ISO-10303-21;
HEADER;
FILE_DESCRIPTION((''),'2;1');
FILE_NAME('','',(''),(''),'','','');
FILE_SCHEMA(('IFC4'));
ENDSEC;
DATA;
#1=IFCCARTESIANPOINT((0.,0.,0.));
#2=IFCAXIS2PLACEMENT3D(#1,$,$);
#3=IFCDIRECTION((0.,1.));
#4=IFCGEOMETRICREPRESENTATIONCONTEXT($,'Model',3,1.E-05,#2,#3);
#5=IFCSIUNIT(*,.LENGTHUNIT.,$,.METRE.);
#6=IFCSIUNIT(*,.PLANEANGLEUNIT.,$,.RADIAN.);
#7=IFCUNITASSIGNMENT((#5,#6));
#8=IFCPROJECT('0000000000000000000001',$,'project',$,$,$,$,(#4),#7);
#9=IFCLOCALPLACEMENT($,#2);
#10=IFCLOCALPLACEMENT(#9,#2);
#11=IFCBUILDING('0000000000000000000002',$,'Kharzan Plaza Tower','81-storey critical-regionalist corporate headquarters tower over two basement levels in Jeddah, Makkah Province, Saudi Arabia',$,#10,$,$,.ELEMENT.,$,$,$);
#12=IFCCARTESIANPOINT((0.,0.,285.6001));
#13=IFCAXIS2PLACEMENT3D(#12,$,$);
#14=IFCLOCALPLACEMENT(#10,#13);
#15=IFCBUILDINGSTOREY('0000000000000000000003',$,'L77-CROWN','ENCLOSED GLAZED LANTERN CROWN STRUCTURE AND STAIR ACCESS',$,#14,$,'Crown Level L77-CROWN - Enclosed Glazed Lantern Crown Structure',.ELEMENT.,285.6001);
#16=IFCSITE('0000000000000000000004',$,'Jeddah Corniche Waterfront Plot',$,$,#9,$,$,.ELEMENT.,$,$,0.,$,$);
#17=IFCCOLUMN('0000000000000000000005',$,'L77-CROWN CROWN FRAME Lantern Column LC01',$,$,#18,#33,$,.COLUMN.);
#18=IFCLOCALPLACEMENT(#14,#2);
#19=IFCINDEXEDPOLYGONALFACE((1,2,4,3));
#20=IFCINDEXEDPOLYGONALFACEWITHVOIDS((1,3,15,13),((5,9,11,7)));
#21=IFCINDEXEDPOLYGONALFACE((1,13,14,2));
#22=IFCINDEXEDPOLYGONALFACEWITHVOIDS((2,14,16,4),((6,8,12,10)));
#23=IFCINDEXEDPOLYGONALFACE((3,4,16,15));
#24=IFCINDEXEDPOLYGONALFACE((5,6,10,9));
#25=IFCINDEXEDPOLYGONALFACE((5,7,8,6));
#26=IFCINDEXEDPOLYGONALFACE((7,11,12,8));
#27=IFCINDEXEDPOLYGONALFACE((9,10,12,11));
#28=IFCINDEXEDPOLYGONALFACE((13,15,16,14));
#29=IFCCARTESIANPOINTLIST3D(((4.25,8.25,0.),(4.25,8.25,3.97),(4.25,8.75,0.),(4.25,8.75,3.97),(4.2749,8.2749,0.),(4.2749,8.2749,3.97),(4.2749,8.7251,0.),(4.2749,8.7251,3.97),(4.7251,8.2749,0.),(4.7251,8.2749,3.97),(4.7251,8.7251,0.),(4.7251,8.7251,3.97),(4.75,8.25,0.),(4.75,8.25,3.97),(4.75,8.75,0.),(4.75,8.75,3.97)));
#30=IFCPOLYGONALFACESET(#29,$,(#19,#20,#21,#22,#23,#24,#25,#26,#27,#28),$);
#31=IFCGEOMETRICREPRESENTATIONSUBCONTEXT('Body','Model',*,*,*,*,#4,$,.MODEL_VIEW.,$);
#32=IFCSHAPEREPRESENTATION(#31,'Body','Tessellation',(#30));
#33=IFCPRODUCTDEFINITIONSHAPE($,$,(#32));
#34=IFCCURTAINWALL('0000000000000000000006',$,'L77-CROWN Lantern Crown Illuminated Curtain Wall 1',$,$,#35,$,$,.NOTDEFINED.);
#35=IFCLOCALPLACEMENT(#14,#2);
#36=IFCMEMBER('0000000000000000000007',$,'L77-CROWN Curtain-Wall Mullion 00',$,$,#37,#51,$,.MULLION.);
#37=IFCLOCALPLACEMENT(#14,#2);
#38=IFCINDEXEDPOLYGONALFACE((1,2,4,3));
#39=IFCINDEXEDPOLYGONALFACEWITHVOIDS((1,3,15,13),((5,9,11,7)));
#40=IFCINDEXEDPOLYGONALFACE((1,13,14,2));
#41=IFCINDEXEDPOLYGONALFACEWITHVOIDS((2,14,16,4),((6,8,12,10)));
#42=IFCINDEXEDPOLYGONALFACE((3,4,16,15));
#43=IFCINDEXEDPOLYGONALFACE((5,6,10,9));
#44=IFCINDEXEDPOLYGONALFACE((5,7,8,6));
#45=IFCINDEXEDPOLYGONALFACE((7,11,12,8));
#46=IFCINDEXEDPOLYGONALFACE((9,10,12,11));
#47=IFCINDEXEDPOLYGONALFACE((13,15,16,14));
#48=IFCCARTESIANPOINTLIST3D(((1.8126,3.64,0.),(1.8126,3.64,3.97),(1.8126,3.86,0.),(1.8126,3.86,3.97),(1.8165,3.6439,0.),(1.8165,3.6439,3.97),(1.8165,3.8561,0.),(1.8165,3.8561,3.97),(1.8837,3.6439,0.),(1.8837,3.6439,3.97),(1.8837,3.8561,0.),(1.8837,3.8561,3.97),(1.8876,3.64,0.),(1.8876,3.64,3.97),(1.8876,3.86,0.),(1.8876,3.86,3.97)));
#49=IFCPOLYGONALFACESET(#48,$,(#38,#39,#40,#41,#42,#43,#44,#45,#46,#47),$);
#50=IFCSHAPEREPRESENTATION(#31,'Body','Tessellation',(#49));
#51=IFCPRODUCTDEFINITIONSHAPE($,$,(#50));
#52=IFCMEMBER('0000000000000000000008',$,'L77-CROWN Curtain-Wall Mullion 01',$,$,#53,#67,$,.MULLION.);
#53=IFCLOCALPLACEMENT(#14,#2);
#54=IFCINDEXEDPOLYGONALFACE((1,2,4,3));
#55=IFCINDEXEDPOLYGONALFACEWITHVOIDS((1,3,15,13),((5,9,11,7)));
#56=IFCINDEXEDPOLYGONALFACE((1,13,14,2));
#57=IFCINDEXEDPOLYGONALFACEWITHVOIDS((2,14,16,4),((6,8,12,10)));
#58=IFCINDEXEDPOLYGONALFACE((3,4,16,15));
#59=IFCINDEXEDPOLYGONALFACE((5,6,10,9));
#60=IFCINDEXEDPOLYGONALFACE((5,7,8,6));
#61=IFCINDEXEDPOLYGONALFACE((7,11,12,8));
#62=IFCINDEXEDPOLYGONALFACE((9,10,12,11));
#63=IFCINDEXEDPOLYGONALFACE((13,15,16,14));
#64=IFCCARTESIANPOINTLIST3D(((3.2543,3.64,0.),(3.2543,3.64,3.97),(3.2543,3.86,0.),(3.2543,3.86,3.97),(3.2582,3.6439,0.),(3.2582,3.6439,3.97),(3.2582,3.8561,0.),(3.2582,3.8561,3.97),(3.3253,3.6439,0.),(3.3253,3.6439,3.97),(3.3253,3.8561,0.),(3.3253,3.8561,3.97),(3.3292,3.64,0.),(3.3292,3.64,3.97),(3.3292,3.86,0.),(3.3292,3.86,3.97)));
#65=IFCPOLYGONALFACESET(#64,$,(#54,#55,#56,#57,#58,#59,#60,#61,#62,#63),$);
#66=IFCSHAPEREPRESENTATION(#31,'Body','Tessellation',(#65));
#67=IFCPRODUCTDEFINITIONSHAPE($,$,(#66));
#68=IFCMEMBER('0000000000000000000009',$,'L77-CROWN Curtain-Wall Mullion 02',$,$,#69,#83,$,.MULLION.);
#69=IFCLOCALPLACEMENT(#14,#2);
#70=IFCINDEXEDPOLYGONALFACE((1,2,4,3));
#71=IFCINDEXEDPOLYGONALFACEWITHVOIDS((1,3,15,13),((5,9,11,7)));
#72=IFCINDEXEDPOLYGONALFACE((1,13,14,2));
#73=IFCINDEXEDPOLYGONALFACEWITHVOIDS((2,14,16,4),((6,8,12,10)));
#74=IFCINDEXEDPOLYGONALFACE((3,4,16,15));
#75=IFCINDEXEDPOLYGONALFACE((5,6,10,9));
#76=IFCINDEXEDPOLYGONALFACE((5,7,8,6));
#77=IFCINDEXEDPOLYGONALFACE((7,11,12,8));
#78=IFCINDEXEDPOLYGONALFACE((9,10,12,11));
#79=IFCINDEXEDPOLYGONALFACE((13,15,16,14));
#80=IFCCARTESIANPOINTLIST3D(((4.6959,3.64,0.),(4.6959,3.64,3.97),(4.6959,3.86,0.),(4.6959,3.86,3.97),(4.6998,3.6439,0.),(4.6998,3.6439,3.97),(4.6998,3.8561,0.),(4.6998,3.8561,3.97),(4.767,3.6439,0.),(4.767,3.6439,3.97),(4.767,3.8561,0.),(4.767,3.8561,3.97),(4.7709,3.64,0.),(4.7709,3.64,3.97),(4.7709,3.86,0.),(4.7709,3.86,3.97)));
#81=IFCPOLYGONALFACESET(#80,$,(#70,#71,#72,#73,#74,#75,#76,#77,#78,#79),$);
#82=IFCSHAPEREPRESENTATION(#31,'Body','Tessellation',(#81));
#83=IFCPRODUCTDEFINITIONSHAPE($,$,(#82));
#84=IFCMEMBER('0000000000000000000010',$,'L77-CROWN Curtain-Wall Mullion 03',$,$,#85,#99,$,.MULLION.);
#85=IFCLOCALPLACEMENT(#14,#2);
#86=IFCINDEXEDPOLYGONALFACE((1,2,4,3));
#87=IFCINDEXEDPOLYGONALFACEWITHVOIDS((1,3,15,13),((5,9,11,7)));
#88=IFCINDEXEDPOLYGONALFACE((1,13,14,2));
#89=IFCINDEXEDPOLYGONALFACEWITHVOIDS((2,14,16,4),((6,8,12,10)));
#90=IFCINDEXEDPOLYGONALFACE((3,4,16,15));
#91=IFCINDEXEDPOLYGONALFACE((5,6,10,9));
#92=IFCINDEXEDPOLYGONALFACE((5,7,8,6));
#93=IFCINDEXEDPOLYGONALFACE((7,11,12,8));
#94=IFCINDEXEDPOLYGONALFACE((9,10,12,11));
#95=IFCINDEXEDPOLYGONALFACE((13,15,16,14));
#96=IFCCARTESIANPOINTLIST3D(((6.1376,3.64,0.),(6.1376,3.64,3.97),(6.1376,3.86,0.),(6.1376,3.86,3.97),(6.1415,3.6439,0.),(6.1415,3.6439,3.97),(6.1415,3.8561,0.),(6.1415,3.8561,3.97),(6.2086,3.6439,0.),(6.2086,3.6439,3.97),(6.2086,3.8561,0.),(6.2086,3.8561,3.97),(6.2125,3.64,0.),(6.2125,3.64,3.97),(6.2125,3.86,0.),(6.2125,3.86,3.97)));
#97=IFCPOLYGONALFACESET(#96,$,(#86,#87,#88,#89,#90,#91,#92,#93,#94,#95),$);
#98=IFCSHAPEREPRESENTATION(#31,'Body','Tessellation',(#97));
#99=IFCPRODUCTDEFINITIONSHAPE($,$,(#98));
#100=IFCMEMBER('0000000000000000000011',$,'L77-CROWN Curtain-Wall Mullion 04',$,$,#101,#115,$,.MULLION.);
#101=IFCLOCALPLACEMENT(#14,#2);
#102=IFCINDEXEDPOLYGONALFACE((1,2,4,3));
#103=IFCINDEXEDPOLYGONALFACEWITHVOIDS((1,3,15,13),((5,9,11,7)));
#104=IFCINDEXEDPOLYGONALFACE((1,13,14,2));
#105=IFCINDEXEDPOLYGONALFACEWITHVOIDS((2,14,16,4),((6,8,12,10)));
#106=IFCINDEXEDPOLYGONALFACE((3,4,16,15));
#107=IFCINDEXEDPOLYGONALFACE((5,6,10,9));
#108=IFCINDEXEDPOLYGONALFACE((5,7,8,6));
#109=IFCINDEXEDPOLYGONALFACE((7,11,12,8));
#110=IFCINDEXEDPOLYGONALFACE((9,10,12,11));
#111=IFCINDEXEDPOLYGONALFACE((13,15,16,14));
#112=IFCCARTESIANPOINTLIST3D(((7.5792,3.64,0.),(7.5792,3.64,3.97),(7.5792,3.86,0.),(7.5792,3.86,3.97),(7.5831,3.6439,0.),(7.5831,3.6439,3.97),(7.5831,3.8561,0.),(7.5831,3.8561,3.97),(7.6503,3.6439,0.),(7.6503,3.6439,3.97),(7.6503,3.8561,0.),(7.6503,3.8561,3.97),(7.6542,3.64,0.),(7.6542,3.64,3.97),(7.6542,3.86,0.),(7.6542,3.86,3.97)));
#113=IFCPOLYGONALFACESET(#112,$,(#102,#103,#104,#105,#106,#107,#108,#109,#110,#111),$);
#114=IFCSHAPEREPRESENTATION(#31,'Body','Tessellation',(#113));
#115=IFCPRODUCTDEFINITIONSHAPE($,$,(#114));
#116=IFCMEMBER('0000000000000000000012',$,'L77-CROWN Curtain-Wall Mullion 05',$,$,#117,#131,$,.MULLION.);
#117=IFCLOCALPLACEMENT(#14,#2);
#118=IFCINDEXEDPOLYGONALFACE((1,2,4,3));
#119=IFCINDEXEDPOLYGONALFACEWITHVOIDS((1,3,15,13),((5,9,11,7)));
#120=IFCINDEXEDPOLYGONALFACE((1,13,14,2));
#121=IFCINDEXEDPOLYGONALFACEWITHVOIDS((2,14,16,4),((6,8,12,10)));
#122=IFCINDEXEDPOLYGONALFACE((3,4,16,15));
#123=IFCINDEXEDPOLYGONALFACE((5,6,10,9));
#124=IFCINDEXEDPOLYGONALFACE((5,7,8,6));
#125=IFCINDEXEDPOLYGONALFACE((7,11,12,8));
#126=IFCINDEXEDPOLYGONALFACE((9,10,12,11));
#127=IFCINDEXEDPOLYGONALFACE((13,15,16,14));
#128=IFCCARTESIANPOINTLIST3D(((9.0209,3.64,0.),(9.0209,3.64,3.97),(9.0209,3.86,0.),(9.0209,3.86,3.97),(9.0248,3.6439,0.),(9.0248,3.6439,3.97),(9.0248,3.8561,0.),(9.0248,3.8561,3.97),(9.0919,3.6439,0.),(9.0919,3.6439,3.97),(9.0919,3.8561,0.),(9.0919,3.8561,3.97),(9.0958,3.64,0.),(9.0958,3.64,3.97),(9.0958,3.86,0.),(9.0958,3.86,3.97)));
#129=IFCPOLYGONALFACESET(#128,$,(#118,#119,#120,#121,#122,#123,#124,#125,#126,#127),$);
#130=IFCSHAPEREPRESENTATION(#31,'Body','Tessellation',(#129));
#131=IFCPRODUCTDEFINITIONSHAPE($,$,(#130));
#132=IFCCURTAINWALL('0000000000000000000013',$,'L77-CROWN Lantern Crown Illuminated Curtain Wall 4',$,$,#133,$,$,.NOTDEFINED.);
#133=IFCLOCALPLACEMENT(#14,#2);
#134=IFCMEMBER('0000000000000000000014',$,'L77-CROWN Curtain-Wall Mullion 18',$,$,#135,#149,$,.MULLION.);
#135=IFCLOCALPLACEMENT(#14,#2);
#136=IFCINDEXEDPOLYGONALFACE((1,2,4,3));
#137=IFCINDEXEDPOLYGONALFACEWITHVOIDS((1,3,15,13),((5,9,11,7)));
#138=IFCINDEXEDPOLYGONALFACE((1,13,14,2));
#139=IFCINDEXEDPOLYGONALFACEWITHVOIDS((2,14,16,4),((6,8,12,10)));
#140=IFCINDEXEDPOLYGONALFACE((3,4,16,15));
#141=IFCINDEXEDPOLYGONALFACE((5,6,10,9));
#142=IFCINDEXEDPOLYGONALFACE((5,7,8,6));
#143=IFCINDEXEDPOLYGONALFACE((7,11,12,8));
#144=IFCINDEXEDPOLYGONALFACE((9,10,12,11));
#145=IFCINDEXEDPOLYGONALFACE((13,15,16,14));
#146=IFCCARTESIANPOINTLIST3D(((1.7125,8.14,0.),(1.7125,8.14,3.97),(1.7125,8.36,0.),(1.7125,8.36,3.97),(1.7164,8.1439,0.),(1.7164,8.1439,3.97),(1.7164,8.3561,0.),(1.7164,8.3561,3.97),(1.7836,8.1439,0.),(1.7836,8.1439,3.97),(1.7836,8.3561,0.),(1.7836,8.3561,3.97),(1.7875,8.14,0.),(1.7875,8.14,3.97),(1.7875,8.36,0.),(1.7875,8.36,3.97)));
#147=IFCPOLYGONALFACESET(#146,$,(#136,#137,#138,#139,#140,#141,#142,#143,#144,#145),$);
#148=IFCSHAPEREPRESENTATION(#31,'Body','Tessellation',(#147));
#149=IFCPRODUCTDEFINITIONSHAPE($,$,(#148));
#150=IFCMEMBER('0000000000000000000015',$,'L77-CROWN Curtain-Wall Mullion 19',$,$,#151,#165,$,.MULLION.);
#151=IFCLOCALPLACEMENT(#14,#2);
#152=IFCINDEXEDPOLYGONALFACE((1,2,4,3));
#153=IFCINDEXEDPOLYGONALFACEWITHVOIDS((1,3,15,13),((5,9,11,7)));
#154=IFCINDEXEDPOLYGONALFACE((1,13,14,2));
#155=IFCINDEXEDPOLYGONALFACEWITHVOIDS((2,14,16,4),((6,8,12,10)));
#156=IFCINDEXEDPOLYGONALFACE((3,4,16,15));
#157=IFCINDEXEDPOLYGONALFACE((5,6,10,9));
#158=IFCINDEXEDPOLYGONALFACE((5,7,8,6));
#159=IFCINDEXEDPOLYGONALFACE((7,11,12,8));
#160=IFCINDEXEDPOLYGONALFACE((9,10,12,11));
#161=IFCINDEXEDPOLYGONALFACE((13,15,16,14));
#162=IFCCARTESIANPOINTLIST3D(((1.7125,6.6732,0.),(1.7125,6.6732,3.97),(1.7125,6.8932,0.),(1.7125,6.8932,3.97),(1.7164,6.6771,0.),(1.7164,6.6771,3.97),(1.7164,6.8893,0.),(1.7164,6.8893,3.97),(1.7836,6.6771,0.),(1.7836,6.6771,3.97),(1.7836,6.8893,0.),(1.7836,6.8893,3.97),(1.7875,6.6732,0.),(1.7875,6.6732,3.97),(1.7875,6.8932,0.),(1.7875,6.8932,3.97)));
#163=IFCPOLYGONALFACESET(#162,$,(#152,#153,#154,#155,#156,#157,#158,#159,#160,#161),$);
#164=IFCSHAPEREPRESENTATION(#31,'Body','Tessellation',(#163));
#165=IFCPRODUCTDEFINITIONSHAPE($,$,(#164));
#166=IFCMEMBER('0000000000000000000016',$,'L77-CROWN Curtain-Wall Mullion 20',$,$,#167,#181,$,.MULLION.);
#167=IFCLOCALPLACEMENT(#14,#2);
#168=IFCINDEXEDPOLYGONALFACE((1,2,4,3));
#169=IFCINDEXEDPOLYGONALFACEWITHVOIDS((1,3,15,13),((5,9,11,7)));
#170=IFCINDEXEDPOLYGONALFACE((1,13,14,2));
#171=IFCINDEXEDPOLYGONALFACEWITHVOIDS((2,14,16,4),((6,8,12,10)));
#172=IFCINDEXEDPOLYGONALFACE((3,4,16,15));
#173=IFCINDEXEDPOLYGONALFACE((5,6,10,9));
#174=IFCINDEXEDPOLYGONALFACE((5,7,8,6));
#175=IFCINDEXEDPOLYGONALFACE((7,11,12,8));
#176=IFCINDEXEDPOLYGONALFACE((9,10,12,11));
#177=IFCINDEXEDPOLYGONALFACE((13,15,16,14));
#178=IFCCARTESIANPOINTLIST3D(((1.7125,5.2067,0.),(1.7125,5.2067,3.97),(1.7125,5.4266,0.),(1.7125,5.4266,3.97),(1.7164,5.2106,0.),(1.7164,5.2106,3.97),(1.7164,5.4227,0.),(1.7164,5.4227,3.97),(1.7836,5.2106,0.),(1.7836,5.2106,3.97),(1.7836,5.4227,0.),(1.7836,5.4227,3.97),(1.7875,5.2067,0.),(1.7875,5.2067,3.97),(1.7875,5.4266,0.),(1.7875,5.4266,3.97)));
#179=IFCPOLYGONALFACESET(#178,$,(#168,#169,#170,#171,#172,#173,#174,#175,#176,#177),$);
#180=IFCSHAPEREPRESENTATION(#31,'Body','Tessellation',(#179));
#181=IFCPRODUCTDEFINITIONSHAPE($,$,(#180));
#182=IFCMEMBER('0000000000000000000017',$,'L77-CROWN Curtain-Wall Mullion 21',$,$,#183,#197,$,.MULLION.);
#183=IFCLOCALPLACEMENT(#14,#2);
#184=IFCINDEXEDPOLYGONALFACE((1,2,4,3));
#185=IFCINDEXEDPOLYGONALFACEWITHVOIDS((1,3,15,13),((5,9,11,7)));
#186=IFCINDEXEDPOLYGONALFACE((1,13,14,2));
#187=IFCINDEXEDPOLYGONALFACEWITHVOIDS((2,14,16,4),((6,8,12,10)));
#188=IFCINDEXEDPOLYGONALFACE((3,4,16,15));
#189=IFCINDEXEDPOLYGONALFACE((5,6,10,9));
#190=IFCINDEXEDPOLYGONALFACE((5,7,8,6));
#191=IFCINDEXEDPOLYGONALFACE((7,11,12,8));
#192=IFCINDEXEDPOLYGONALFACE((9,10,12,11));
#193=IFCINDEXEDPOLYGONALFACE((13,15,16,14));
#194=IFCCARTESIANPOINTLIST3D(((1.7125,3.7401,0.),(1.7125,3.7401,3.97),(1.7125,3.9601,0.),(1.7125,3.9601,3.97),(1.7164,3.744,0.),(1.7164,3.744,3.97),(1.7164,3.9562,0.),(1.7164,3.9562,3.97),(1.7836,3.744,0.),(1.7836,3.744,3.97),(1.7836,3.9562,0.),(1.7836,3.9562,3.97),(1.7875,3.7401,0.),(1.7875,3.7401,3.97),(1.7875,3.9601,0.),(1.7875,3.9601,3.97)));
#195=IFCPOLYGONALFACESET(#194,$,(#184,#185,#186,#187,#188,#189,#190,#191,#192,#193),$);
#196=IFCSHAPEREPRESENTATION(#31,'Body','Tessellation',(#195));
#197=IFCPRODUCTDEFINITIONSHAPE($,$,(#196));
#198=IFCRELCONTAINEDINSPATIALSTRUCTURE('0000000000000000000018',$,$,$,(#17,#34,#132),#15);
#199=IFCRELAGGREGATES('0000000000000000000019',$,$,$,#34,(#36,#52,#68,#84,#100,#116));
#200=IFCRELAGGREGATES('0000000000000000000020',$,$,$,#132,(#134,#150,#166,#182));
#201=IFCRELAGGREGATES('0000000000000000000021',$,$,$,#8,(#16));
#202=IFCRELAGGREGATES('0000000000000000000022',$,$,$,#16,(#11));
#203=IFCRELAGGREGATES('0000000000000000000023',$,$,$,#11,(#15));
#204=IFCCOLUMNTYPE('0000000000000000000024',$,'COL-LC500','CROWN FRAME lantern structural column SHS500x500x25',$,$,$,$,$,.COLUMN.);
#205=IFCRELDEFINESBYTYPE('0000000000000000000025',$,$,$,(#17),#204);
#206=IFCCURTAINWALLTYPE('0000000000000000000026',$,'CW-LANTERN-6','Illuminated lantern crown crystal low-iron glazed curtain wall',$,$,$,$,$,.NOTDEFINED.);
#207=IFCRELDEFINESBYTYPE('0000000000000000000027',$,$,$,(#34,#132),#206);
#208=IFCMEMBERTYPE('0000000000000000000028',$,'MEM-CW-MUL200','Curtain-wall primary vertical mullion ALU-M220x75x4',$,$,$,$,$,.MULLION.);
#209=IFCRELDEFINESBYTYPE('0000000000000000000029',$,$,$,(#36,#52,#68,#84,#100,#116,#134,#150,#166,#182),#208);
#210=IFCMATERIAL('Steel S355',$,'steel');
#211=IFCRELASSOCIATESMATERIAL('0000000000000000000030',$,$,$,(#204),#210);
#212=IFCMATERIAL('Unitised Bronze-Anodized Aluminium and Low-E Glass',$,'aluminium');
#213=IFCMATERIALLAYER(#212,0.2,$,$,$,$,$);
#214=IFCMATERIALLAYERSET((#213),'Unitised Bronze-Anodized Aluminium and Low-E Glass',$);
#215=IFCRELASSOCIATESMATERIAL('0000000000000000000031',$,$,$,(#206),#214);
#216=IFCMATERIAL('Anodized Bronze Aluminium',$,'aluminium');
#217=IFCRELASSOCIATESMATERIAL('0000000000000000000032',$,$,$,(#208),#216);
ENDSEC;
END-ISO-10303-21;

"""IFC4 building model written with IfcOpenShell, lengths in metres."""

from ifc_helpers import new_model, si_unit, direction, frame, origin, origin_2d, place, context, subcontext, project, spatial, hollow_rectangle, extrude, source, transform, mapped, material, layer, layer_set, material_profile, profile_set, type_object, element, aggregate, save


model = new_model("IFC4")

# Units and contexts
model_context = context("Model", 3, precision=1e-05, world=origin(), true_north=direction((0.0, 1.0)))
body_context = subcontext(model_context, "Body", "Model", "MODEL_VIEW")
ifc_project = project(units=[si_unit("LENGTHUNIT", "METRE"), si_unit("PLANEANGLEUNIT", "RADIAN")], contexts=[model_context])

# Site, building, storey
site_placement = place(None, origin())
site = spatial("IfcSite", under=ifc_project, at=site_placement, Name="Jeddah Corniche Waterfront Plot", CompositionType="ELEMENT", RefElevation=0.0)
building_placement = place(site_placement, origin())
building = spatial("IfcBuilding", under=site, at=building_placement, Name="Kharzan Plaza Tower", Description="81-storey critical-regionalist corporate headquarters tower over two basement levels in Jeddah, Makkah Province, Saudi Arabia", CompositionType="ELEMENT")
storey_placement = place(building_placement, frame((0.0, 0.0, 285.6001)))
storey = spatial("IfcBuildingStorey", under=building, at=storey_placement, Name="L77-CROWN", Description="ENCLOSED GLAZED LANTERN CROWN STRUCTURE AND STAIR ACCESS", LongName="Crown Level L77-CROWN - Enclosed Glazed Lantern Crown Structure", CompositionType="ELEMENT", Elevation=285.6001)

# Column
ifc_material_1 = material(Name="Steel S355", Category="steel")
ifc_material_profile_1 = material_profile(ifc_material_1, hollow_rectangle(XDim=0.5, YDim=0.5, WallThickness=0.0249, at=origin_2d()), Name="SHS500x500x25")
ifc_profile_set_1 = profile_set([ifc_material_profile_1], Name="Steel S355")
column_type = type_object("IfcColumnType", Name="COL-LC500", Description="CROWN FRAME lantern structural column SHS500x500x25", PredefinedType="COLUMN", material=ifc_profile_set_1)
shared_shape_1 = source(origin(), body_context, "Body", "SweptSolid", [
    extrude(hollow_rectangle(XDim=0.5, YDim=0.5, WallThickness=0.0249, at=origin_2d()), origin(), (0.0, 0.0, 1.0), 3.97),
])
column_placement = place(storey_placement, frame((4.5, 8.5, 0.0), z_axis=(0.0, 0.0, 1.0), x_axis=(1.0, 0.0, 0.0)))
element("IfcColumn", 1, at=column_placement, inside=storey, type_object=column_type, Name="L77-CROWN CROWN FRAME Lantern Column LC01", PredefinedType="COLUMN", context=body_context, shape_type="MappedRepresentation", body=[
    mapped(shared_shape_1, transform((0.0, 0.0, 0.0), x_axis=(1.0, 0.0, 0.0), y_axis=(0.0, 1.0, 0.0), z_axis=(0.0, 0.0, 1.0))),
])

# Curtain walls, members
ifc_material_2 = material(Name="Unitised Bronze-Anodized Aluminium and Low-E Glass", Category="aluminium")
ifc_layer_1 = layer(ifc_material_2, 0.2)
ifc_layer_set_1 = layer_set([ifc_layer_1], Name="Unitised Bronze-Anodized Aluminium and Low-E Glass")
curtain_wall_type = type_object("IfcCurtainWallType", Name="CW-LANTERN-6", Description="Illuminated lantern crown crystal low-iron glazed curtain wall", PredefinedType="NOTDEFINED", material=ifc_layer_set_1)
curtain_wall_1_placement = place(storey_placement, origin())
curtain_wall_1 = element("IfcCurtainWall", 2, at=curtain_wall_1_placement, inside=storey, type_object=curtain_wall_type, Name="L77-CROWN Lantern Crown Illuminated Curtain Wall 1", PredefinedType="NOTDEFINED")
ifc_material_3 = material(Name="Anodized Bronze Aluminium", Category="aluminium")
ifc_material_profile_2 = material_profile(ifc_material_3, hollow_rectangle(XDim=0.075, YDim=0.22, WallThickness=0.0039, at=origin_2d()), Name="ALU-M220x75x4")
ifc_profile_set_2 = profile_set([ifc_material_profile_2], Name="Anodized Bronze Aluminium")
member_type_1 = type_object("IfcMemberType", Name="MEM-CW-MUL200", Description="Curtain-wall primary vertical mullion ALU-M220x75x4", PredefinedType="MULLION", material=ifc_profile_set_2)
shared_shape_2 = source(origin(), body_context, "Body", "SweptSolid", [
    extrude(hollow_rectangle(XDim=0.075, YDim=0.22, WallThickness=0.0039, at=origin_2d()), origin(), (0.0, 0.0, 1.0), 3.97),
])
member_1_placement = place(storey_placement, frame((1.8501, 3.75, 0.0), z_axis=(0.0, 0.0, 1.0), x_axis=(1.0, 0.0, 0.0)))
member_1 = element("IfcMember", 3, at=member_1_placement, type_object=member_type_1, Name="L77-CROWN Curtain-Wall Mullion 00", PredefinedType="MULLION", context=body_context, shape_type="MappedRepresentation", body=[
    mapped(shared_shape_2, transform((0.0, 0.0, 0.0), x_axis=(1.0, 0.0, 0.0), y_axis=(0.0, 1.0, 0.0), z_axis=(0.0, 0.0, 1.0))),
])
member_2_placement = place(storey_placement, frame((3.2917, 3.75, 0.0), z_axis=(0.0, 0.0, 1.0), x_axis=(1.0, 0.0, 0.0)))
member_2 = element("IfcMember", 4, at=member_2_placement, type_object=member_type_1, Name="L77-CROWN Curtain-Wall Mullion 01", PredefinedType="MULLION", context=body_context, shape_type="MappedRepresentation", body=[
    mapped(shared_shape_2, transform((0.0, 0.0, 0.0), x_axis=(1.0, 0.0, 0.0), y_axis=(0.0, 1.0, 0.0), z_axis=(0.0, 0.0, 1.0))),
])
member_3_placement = place(storey_placement, frame((4.7334, 3.75, 0.0), z_axis=(0.0, 0.0, 1.0), x_axis=(1.0, 0.0, 0.0)))
member_3 = element("IfcMember", 5, at=member_3_placement, type_object=member_type_1, Name="L77-CROWN Curtain-Wall Mullion 02", PredefinedType="MULLION", context=body_context, shape_type="MappedRepresentation", body=[
    mapped(shared_shape_2, transform((0.0, 0.0, 0.0), x_axis=(1.0, 0.0, 0.0), y_axis=(0.0, 1.0, 0.0), z_axis=(0.0, 0.0, 1.0))),
])
member_4_placement = place(storey_placement, frame((6.175, 3.75, 0.0), z_axis=(0.0, 0.0, 1.0), x_axis=(1.0, 0.0, 0.0)))
member_4 = element("IfcMember", 6, at=member_4_placement, type_object=member_type_1, Name="L77-CROWN Curtain-Wall Mullion 03", PredefinedType="MULLION", context=body_context, shape_type="MappedRepresentation", body=[
    mapped(shared_shape_2, transform((0.0, 0.0, 0.0), x_axis=(1.0, 0.0, 0.0), y_axis=(0.0, 1.0, 0.0), z_axis=(0.0, 0.0, 1.0))),
])
member_5_placement = place(storey_placement, frame((7.6167, 3.75, 0.0), z_axis=(0.0, 0.0, 1.0), x_axis=(1.0, 0.0, 0.0)))
member_5 = element("IfcMember", 7, at=member_5_placement, type_object=member_type_1, Name="L77-CROWN Curtain-Wall Mullion 04", PredefinedType="MULLION", context=body_context, shape_type="MappedRepresentation", body=[
    mapped(shared_shape_2, transform((0.0, 0.0, 0.0), x_axis=(1.0, 0.0, 0.0), y_axis=(0.0, 1.0, 0.0), z_axis=(0.0, 0.0, 1.0))),
])
member_6_placement = place(storey_placement, frame((9.0583, 3.75, 0.0), z_axis=(0.0, 0.0, 1.0), x_axis=(1.0, 0.0, 0.0)))
member_6 = element("IfcMember", 8, at=member_6_placement, type_object=member_type_1, Name="L77-CROWN Curtain-Wall Mullion 05", PredefinedType="MULLION", context=body_context, shape_type="MappedRepresentation", body=[
    mapped(shared_shape_2, transform((0.0, 0.0, 0.0), x_axis=(1.0, 0.0, 0.0), y_axis=(0.0, 1.0, 0.0), z_axis=(0.0, 0.0, 1.0))),
])
curtain_wall_2_placement = place(storey_placement, origin())
curtain_wall_2 = element("IfcCurtainWall", 9, at=curtain_wall_2_placement, inside=storey, type_object=curtain_wall_type, Name="L77-CROWN Lantern Crown Illuminated Curtain Wall 4", PredefinedType="NOTDEFINED")
member_7_placement = place(storey_placement, frame((1.75, 8.25, 0.0), z_axis=(0.0, 0.0, 1.0), x_axis=(1.0, 0.0, 0.0)))
member_7 = element("IfcMember", 10, at=member_7_placement, type_object=member_type_1, Name="L77-CROWN Curtain-Wall Mullion 18", PredefinedType="MULLION", context=body_context, shape_type="MappedRepresentation", body=[
    mapped(shared_shape_2, transform((0.0, 0.0, 0.0), x_axis=(1.0, 0.0, 0.0), y_axis=(0.0, 1.0, 0.0), z_axis=(0.0, 0.0, 1.0))),
])
member_8_placement = place(storey_placement, frame((1.75, 6.7832, 0.0), z_axis=(0.0, 0.0, 1.0), x_axis=(1.0, 0.0, 0.0)))
member_8 = element("IfcMember", 11, at=member_8_placement, type_object=member_type_1, Name="L77-CROWN Curtain-Wall Mullion 19", PredefinedType="MULLION", context=body_context, shape_type="MappedRepresentation", body=[
    mapped(shared_shape_2, transform((0.0, 0.0, 0.0), x_axis=(1.0, 0.0, 0.0), y_axis=(0.0, 1.0, 0.0), z_axis=(0.0, 0.0, 1.0))),
])
member_9_placement = place(storey_placement, frame((1.75, 5.3167, 0.0), z_axis=(0.0, 0.0, 1.0), x_axis=(1.0, 0.0, 0.0)))
member_9 = element("IfcMember", 12, at=member_9_placement, type_object=member_type_1, Name="L77-CROWN Curtain-Wall Mullion 20", PredefinedType="MULLION", context=body_context, shape_type="MappedRepresentation", body=[
    mapped(shared_shape_2, transform((0.0, 0.0, 0.0), x_axis=(1.0, 0.0, 0.0), y_axis=(0.0, 1.0, 0.0), z_axis=(0.0, 0.0, 1.0))),
])
member_10_placement = place(storey_placement, frame((1.75, 3.8501, 0.0), z_axis=(0.0, 0.0, 1.0), x_axis=(1.0, 0.0, 0.0)))
member_10 = element("IfcMember", 13, at=member_10_placement, type_object=member_type_1, Name="L77-CROWN Curtain-Wall Mullion 21", PredefinedType="MULLION", context=body_context, shape_type="MappedRepresentation", body=[
    mapped(shared_shape_2, transform((0.0, 0.0, 0.0), x_axis=(1.0, 0.0, 0.0), y_axis=(0.0, 1.0, 0.0), z_axis=(0.0, 0.0, 1.0))),
])

aggregate(curtain_wall_1, [member_1, member_2, member_3, member_4, member_5, member_6])
aggregate(curtain_wall_2, [member_7, member_8, member_9, member_10])

save(model, "model.ifc")
